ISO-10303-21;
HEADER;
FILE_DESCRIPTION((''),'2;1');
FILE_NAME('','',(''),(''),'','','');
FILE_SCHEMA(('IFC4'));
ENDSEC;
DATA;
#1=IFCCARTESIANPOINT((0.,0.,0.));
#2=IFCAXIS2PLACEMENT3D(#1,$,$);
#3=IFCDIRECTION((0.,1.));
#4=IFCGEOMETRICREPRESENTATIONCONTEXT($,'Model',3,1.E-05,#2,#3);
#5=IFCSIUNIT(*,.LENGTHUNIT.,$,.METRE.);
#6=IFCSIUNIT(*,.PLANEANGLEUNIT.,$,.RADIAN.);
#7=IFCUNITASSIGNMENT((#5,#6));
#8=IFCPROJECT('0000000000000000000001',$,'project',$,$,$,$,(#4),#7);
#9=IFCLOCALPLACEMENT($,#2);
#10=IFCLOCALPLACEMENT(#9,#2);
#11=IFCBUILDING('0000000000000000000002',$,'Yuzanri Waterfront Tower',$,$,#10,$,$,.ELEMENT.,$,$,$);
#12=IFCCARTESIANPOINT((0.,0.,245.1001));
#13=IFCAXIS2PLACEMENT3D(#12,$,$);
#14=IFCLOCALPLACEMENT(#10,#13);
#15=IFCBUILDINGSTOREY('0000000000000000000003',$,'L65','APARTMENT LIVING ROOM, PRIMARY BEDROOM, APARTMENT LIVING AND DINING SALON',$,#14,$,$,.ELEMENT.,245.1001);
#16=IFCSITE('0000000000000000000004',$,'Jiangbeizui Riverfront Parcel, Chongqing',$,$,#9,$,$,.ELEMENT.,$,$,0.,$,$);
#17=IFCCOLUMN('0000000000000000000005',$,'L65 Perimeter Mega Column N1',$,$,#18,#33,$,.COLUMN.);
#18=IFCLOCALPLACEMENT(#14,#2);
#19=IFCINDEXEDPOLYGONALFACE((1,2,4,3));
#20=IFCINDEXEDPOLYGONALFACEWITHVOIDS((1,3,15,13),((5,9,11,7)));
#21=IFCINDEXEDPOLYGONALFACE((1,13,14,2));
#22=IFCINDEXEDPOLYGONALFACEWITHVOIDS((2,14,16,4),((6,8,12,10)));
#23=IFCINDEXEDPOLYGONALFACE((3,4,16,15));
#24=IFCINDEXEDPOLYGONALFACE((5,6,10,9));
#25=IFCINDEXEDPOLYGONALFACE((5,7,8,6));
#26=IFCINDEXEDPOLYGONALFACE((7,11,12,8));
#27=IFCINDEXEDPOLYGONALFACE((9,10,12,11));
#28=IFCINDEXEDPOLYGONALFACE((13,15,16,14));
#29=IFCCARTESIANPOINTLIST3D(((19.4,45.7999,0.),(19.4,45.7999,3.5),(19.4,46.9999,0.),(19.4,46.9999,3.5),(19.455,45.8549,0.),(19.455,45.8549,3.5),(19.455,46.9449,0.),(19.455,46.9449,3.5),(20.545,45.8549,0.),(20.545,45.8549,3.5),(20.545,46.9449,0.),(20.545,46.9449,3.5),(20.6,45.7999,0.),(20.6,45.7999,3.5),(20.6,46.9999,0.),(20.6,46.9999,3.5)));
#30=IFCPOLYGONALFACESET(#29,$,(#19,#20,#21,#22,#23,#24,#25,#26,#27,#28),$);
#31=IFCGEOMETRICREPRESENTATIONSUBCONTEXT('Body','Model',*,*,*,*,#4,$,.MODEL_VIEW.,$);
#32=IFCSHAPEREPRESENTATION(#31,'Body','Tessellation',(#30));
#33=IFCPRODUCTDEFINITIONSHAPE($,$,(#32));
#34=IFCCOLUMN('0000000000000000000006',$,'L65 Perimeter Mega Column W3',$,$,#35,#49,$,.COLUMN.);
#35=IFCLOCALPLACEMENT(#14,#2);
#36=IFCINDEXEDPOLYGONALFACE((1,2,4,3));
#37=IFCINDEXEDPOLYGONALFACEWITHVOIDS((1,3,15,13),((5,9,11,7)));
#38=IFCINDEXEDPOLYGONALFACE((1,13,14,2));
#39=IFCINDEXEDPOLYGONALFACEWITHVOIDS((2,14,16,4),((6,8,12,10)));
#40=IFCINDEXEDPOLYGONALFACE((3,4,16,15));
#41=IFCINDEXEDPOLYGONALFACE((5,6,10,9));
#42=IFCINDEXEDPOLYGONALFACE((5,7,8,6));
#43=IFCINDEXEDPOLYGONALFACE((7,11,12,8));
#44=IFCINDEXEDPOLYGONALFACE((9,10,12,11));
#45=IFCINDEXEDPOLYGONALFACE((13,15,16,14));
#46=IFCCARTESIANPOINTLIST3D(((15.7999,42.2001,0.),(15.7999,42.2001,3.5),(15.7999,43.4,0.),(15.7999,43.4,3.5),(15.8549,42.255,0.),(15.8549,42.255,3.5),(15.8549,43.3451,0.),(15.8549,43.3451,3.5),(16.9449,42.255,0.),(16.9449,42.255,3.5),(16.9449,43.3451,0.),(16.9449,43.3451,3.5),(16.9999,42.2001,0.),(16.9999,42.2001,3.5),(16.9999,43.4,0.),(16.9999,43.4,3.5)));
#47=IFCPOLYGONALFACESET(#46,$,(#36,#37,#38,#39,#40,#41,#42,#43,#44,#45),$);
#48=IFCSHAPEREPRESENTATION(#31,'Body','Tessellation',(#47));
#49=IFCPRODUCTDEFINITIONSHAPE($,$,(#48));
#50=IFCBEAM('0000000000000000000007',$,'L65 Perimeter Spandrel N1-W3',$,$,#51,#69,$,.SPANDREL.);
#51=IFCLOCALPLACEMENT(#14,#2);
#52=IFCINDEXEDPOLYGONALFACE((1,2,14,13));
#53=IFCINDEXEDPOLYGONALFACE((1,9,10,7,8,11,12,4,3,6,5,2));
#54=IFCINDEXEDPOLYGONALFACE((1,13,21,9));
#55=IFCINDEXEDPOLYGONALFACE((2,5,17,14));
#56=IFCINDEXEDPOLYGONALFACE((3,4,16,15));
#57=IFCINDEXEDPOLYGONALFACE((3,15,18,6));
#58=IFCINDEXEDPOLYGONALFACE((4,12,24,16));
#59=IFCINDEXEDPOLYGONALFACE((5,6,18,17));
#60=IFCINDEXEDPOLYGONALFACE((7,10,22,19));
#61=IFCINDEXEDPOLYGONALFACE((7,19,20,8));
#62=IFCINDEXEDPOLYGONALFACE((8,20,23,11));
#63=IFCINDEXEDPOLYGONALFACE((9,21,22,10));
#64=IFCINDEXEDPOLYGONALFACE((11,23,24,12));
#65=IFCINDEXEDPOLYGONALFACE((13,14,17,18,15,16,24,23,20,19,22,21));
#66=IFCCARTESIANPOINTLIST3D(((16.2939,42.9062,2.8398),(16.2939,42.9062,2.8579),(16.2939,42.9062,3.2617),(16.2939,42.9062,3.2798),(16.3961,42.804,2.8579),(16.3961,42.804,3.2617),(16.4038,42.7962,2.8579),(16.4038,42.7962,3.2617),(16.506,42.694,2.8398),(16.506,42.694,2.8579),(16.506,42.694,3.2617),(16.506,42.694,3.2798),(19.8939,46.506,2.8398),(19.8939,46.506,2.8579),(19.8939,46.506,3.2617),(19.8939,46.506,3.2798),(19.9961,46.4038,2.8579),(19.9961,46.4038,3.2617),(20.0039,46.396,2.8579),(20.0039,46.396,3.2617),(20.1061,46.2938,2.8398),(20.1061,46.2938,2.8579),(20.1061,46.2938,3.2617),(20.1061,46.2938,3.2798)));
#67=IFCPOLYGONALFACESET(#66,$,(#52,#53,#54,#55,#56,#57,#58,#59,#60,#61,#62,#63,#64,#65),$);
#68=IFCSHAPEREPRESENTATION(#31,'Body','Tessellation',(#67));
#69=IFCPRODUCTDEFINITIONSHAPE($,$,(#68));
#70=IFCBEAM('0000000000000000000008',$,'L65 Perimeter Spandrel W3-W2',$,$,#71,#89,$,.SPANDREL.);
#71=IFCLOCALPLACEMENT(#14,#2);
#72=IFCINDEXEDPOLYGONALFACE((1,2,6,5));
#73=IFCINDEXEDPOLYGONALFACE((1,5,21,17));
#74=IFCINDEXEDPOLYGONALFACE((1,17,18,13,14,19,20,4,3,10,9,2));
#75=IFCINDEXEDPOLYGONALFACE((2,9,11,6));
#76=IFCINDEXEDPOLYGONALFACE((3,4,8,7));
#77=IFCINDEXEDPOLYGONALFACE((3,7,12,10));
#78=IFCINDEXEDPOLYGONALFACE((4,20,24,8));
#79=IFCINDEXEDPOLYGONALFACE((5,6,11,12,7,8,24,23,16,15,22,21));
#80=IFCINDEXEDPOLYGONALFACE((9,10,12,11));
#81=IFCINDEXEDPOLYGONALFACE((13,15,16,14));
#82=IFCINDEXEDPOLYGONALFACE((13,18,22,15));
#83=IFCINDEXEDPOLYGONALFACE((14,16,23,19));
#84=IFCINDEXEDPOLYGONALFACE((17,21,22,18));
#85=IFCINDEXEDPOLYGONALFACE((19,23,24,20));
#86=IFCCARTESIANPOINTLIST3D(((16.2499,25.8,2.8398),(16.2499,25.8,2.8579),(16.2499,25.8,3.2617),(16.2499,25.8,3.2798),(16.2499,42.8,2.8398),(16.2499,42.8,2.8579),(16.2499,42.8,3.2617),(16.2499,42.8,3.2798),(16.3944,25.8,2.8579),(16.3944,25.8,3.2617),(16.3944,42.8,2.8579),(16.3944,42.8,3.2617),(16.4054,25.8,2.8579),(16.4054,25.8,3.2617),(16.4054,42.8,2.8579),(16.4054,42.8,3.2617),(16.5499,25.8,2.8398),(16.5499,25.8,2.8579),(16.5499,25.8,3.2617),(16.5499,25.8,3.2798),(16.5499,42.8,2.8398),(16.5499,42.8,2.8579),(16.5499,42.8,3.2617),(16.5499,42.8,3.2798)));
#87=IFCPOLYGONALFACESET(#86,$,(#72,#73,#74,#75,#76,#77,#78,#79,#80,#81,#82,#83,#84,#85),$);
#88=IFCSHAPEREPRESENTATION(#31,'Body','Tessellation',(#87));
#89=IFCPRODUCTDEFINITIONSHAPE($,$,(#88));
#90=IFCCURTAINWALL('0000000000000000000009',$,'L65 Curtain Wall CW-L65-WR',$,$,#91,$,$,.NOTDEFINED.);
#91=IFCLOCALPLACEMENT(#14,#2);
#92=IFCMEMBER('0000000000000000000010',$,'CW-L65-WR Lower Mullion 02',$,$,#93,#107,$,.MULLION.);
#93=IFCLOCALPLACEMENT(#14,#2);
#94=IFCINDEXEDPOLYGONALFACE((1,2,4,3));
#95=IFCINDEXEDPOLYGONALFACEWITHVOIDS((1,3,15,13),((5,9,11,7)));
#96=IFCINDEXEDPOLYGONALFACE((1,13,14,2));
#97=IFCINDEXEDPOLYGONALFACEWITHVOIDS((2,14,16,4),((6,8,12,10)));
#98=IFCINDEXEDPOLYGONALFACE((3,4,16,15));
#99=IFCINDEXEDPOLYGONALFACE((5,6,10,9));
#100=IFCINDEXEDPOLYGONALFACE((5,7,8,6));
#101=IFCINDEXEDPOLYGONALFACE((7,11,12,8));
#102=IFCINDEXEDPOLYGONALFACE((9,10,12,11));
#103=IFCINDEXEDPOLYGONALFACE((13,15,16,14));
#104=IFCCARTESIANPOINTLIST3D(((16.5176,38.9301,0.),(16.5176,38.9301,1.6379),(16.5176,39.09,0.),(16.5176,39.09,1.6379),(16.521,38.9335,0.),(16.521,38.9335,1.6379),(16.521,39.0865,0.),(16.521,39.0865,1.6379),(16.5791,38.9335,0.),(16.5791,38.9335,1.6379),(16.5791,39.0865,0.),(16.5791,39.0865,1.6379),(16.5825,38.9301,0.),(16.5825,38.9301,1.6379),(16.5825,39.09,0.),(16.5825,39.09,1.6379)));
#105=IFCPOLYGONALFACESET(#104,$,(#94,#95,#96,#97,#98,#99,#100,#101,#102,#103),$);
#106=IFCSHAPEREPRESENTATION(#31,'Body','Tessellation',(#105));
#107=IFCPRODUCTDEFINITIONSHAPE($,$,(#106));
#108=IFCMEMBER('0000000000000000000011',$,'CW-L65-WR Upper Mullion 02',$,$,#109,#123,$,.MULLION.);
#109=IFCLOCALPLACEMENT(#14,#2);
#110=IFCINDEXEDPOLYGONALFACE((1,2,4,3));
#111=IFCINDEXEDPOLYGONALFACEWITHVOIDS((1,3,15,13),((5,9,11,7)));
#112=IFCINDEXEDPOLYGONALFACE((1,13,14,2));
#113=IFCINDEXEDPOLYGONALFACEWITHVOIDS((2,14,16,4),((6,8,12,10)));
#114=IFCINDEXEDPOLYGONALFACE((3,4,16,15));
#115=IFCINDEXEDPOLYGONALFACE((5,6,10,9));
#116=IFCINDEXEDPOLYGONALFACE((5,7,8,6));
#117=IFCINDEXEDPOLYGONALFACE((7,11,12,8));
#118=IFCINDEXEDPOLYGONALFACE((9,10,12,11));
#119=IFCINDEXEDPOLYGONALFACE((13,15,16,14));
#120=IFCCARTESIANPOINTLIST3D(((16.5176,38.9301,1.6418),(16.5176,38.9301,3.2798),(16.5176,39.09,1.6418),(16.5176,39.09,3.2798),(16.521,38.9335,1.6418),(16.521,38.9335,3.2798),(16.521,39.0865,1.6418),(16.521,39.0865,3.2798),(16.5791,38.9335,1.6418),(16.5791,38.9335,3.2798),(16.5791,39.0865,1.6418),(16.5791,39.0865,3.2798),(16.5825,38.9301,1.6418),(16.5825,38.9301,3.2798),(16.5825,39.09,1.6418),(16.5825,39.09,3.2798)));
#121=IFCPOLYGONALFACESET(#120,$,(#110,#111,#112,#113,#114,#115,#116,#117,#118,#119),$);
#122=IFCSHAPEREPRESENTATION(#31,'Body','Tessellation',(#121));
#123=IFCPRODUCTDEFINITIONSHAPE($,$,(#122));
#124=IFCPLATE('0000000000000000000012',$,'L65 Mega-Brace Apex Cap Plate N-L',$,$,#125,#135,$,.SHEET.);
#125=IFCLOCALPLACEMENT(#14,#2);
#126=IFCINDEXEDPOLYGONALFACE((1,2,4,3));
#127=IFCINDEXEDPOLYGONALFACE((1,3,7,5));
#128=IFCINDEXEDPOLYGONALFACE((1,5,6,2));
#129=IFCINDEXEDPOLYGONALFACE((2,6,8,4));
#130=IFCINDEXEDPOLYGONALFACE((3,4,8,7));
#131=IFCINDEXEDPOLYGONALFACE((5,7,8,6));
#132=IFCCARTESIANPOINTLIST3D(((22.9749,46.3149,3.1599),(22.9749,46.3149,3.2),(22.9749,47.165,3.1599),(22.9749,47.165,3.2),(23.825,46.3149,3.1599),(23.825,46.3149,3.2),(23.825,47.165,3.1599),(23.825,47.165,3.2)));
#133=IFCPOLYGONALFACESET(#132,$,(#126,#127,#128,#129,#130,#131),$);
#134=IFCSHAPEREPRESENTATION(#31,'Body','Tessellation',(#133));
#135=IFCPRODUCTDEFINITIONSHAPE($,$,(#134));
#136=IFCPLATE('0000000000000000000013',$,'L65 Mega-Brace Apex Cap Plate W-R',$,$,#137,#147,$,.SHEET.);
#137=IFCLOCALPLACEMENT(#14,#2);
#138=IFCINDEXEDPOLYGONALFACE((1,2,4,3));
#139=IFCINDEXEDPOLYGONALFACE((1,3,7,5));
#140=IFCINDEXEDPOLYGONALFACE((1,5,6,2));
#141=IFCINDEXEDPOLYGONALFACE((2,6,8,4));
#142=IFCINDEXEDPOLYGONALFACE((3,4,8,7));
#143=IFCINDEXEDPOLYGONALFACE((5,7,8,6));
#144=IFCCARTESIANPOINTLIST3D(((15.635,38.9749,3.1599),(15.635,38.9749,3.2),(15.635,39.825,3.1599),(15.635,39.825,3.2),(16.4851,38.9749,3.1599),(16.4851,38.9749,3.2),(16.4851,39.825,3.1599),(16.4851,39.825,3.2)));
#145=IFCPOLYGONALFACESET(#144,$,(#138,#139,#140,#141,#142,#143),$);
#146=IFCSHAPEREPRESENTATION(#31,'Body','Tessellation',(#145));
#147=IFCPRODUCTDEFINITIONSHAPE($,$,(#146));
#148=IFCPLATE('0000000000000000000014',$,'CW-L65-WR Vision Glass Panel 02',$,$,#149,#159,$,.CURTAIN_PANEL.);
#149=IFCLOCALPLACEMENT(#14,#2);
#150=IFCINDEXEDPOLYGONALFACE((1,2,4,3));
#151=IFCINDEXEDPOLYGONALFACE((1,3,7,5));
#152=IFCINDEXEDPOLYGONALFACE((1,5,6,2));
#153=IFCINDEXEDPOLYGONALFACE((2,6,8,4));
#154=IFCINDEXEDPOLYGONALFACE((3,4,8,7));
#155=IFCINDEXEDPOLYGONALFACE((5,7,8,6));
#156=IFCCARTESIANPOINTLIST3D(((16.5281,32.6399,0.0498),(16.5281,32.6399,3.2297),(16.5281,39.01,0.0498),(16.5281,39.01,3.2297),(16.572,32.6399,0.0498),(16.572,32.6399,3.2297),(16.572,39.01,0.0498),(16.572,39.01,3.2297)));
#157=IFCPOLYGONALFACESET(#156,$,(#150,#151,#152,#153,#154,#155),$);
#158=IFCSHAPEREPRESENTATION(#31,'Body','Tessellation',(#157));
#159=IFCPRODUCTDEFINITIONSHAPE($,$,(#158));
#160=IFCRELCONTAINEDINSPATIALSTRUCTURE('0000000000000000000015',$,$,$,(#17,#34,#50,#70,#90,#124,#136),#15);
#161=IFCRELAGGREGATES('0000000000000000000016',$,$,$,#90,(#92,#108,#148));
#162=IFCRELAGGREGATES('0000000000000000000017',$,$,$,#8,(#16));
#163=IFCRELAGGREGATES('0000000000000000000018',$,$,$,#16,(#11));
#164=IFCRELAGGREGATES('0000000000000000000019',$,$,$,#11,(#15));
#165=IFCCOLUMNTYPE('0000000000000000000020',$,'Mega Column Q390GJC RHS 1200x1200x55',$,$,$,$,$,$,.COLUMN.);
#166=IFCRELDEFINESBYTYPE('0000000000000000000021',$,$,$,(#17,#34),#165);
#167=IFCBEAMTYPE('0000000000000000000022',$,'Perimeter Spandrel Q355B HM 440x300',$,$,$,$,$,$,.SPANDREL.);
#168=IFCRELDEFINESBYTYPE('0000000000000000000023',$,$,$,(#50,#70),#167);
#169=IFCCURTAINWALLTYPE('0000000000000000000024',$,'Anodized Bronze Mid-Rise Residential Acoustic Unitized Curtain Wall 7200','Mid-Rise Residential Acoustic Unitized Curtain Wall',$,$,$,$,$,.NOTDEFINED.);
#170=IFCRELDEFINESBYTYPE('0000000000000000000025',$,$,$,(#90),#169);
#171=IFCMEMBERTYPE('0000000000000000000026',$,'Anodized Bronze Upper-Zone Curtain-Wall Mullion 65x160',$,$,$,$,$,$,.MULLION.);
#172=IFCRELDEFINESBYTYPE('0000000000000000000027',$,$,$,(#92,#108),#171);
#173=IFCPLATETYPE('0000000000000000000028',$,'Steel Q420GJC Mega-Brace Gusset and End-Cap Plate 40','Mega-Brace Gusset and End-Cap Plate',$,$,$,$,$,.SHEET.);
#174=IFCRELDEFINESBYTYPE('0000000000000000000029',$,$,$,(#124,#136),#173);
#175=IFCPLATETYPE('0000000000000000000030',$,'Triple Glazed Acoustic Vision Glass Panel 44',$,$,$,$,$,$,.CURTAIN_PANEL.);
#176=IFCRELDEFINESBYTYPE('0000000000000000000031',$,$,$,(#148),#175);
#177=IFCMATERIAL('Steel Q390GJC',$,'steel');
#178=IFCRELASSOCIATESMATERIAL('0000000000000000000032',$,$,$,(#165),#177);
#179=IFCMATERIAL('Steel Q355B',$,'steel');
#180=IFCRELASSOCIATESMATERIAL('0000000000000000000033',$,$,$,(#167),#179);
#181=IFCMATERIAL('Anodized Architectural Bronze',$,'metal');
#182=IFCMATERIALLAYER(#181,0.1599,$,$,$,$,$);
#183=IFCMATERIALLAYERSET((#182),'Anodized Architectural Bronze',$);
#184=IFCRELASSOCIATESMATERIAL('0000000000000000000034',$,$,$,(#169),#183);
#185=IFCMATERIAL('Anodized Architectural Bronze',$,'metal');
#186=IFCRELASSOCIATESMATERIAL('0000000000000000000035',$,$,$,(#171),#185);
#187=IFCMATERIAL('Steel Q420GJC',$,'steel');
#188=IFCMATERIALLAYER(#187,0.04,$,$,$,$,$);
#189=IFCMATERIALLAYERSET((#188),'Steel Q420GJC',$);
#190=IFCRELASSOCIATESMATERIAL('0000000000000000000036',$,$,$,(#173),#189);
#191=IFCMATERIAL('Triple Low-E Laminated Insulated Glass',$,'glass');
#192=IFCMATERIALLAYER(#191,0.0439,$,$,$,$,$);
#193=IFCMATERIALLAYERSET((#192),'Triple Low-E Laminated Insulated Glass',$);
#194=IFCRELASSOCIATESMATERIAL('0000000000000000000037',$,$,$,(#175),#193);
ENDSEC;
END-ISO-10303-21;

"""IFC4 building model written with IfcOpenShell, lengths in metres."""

from ifc_helpers import new_model, si_unit, direction, frame, origin, origin_2d, place, context, subcontext, project, spatial, rectangle, hollow_rectangle, i_section, extrude, source, transform, mapped, material, layer, layer_set, material_profile, profile_set, type_object, element, aggregate, save


model = new_model("IFC4")

# Units and contexts
model_context = context("Model", 3, precision=1e-05, world=origin(), true_north=direction((0.0, 1.0)))
body_context = subcontext(model_context, "Body", "Model", "MODEL_VIEW")
ifc_project = project(units=[si_unit("LENGTHUNIT", "METRE"), si_unit("PLANEANGLEUNIT", "RADIAN")], contexts=[model_context])

# Site, building, storey
site_placement = place(None, origin())
site = spatial("IfcSite", under=ifc_project, at=site_placement, Name="Jiangbeizui Riverfront Parcel, Chongqing", CompositionType="ELEMENT", RefElevation=0.0)
building_placement = place(site_placement, origin())
building = spatial("IfcBuilding", under=site, at=building_placement, Name="Yuzanri Waterfront Tower", CompositionType="ELEMENT")
storey_placement = place(building_placement, frame((0.0, 0.0, 245.1001)))
storey = spatial("IfcBuildingStorey", under=building, at=storey_placement, Name="L65", Description="APARTMENT LIVING ROOM, PRIMARY BEDROOM, APARTMENT LIVING AND DINING SALON", CompositionType="ELEMENT", Elevation=245.1001)

# Columns
ifc_material_1 = material(Name="Steel Q390GJC", Category="steel")
ifc_material_profile_1 = material_profile(ifc_material_1, hollow_rectangle(XDim=1.2, YDim=1.2, WallThickness=0.0549, at=origin_2d()), Name="RHS 1200x1200x55")
ifc_profile_set_1 = profile_set([ifc_material_profile_1], Name="Steel Q390GJC")
column_type = type_object("IfcColumnType", Name="Mega Column Q390GJC RHS 1200x1200x55", PredefinedType="COLUMN", material=ifc_profile_set_1)
shared_shape_1 = source(origin(), body_context, "Body", "SweptSolid", [
    extrude(hollow_rectangle(XDim=1.2, YDim=1.2, WallThickness=0.0549, at=origin_2d()), origin(), (0.0, 0.0, 1.0), 3.5),
])
for number, where, z_axis, x_axis, name in (
    (1, (20.0, 46.3999, 0.0), (0.0, 0.0, 1.0), (1.0, 0.0, 0.0), "L65 Perimeter Mega Column N1"),
    (2, (16.3999, 42.8, 0.0), (0.0, 0.0, 1.0), (1.0, 0.0, 0.0), "L65 Perimeter Mega Column W3"),
):
    element("IfcColumn", number, at=place(storey_placement, frame(where, z_axis=z_axis, x_axis=x_axis)), inside=storey, type_object=column_type, Name=name, PredefinedType="COLUMN", context=body_context, shape_type="MappedRepresentation", body=[
        mapped(shared_shape_1, transform((0.0, 0.0, 0.0), scale=1.0)),
    ])

# Beams
ifc_material_2 = material(Name="Steel Q355B", Category="steel")
ifc_material_profile_2 = material_profile(ifc_material_2, i_section(OverallWidth=0.3, OverallDepth=0.4399, WebThickness=0.011, FlangeThickness=0.0181, at=origin_2d()), Name="HM 440x300x11x18")
ifc_profile_set_2 = profile_set([ifc_material_profile_2], Name="Steel Q355B")
beam_type = type_object("IfcBeamType", Name="Perimeter Spandrel Q355B HM 440x300", PredefinedType="SPANDREL", material=ifc_profile_set_2)
shared_shape_2 = source(origin(), body_context, "Body", "SweptSolid", [
    extrude(i_section(OverallWidth=0.3, OverallDepth=0.4399, WebThickness=0.011, FlangeThickness=0.0181, at=origin_2d()), origin(), (0.0, 0.0, 1.0), 5.0911),
])
beam_1_placement = place(storey_placement, frame((20.0, 46.3999, 3.0598), z_axis=(-0.707131, -0.707083, 0.0), x_axis=(0.707083, -0.707131, 0.0)))
element("IfcBeam", 3, at=beam_1_placement, inside=storey, type_object=beam_type, Name="L65 Perimeter Spandrel N1-W3", PredefinedType="SPANDREL", context=body_context, shape_type="MappedRepresentation", body=[
    mapped(shared_shape_2, transform((0.0, 0.0, 0.0), scale=1.0)),
])
shared_shape_3 = source(origin(), body_context, "Body", "SweptSolid", [
    extrude(i_section(OverallWidth=0.3, OverallDepth=0.4399, WebThickness=0.011, FlangeThickness=0.0181, at=origin_2d()), origin(), (0.0, 0.0, 1.0), 17.0),
])
beam_2_placement = place(storey_placement, frame((16.3999, 42.8, 3.0598), z_axis=(0.0, -1.0, 0.0), x_axis=(1.0, 0.0, 0.0)))
element("IfcBeam", 4, at=beam_2_placement, inside=storey, type_object=beam_type, Name="L65 Perimeter Spandrel W3-W2", PredefinedType="SPANDREL", context=body_context, shape_type="MappedRepresentation", body=[
    mapped(shared_shape_3, transform((0.0, 0.0, 0.0), scale=1.0)),
])

# Curtain wall, members
ifc_material_3 = material(Name="Anodized Architectural Bronze", Category="metal")
ifc_layer_1 = layer(ifc_material_3, 0.1599)
ifc_layer_set_1 = layer_set([ifc_layer_1], Name="Anodized Architectural Bronze")
curtain_wall_type = type_object("IfcCurtainWallType", Name="Anodized Bronze Mid-Rise Residential Acoustic Unitized Curtain Wall 7200", Description="Mid-Rise Residential Acoustic Unitized Curtain Wall", PredefinedType="NOTDEFINED", material=ifc_layer_set_1)
curtain_wall_placement = place(storey_placement, origin())
curtain_wall = element("IfcCurtainWall", 5, at=curtain_wall_placement, inside=storey, type_object=curtain_wall_type, Name="L65 Curtain Wall CW-L65-WR", PredefinedType="NOTDEFINED")
ifc_material_4 = material(Name="Anodized Architectural Bronze", Category="metal")
ifc_material_profile_3 = material_profile(ifc_material_4, hollow_rectangle(XDim=0.0649, YDim=0.1599, WallThickness=0.0034, at=origin_2d()), Name="CWM 65x160")
ifc_profile_set_3 = profile_set([ifc_material_profile_3], Name="Anodized Architectural Bronze")
member_type = type_object("IfcMemberType", Name="Anodized Bronze Upper-Zone Curtain-Wall Mullion 65x160", PredefinedType="MULLION", material=ifc_profile_set_3)
shared_shape_4 = source(origin(), body_context, "Body", "SweptSolid", [
    extrude(hollow_rectangle(XDim=0.0649, YDim=0.1599, WallThickness=0.0034, at=origin_2d()), origin(), (0.0, 0.0, 1.0), 1.6379),
])
member_1_placement = place(storey_placement, frame((16.55, 39.01, 0.0), z_axis=(0.0, 0.0, 1.0), x_axis=(1.0, 0.0, 0.0)))
member_1 = element("IfcMember", 6, at=member_1_placement, type_object=member_type, Name="CW-L65-WR Lower Mullion 02", PredefinedType="MULLION", context=body_context, shape_type="MappedRepresentation", body=[
    mapped(shared_shape_4, transform((0.0, 0.0, 0.0), scale=1.0)),
])
member_2_placement = place(storey_placement, frame((16.55, 39.01, 1.6418), z_axis=(0.0, 0.0, 1.0), x_axis=(1.0, 0.0, 0.0)))
member_2 = element("IfcMember", 7, at=member_2_placement, type_object=member_type, Name="CW-L65-WR Upper Mullion 02", PredefinedType="MULLION", context=body_context, shape_type="MappedRepresentation", body=[
    mapped(shared_shape_4, transform((0.0, 0.0, 0.0), scale=1.0)),
])

# Plates
ifc_material_5 = material(Name="Steel Q420GJC", Category="steel")
ifc_layer_2 = layer(ifc_material_5, 0.04)
ifc_layer_set_2 = layer_set([ifc_layer_2], Name="Steel Q420GJC")
plate_type_1 = type_object("IfcPlateType", Name="Steel Q420GJC Mega-Brace Gusset and End-Cap Plate 40", Description="Mega-Brace Gusset and End-Cap Plate", PredefinedType="SHEET", material=ifc_layer_set_2)
shared_shape_5 = source(origin(), body_context, "Body", "SweptSolid", [
    extrude(rectangle(XDim=0.8501, YDim=0.8501, at=origin_2d()), origin(), (0.0, 0.0, 1.0), 0.04),
])
for number, where, z_axis, x_axis, name in (
    (8, (23.3999, 46.74, 3.1599), (0.0, 0.0, 1.0), (1.0, 0.0, 0.0), "L65 Mega-Brace Apex Cap Plate N-L"),
    (9, (16.0601, 39.3999, 3.1599), (0.0, 0.0, 1.0), (1.0, 0.0, 0.0), "L65 Mega-Brace Apex Cap Plate W-R"),
):
    element("IfcPlate", number, at=place(storey_placement, frame(where, z_axis=z_axis, x_axis=x_axis)), inside=storey, type_object=plate_type_1, Name=name, PredefinedType="SHEET", context=body_context, shape_type="MappedRepresentation", body=[
        mapped(shared_shape_5, transform((0.0, 0.0, 0.0), scale=1.0)),
    ])

# Plate
ifc_material_6 = material(Name="Triple Low-E Laminated Insulated Glass", Category="glass")
ifc_layer_3 = layer(ifc_material_6, 0.0439)
ifc_layer_set_3 = layer_set([ifc_layer_3], Name="Triple Low-E Laminated Insulated Glass")
plate_type_2 = type_object("IfcPlateType", Name="Triple Glazed Acoustic Vision Glass Panel 44", PredefinedType="CURTAIN_PANEL", material=ifc_layer_set_3)
shared_shape_6 = source(origin(), body_context, "Body", "SweptSolid", [
    extrude(rectangle(XDim=6.3701, YDim=0.0439, at=origin_2d()), origin(), (0.0, 0.0, 1.0), 3.1799),
])
plate_placement = place(storey_placement, frame((16.55, 35.825, 0.0498), z_axis=(0.0, 0.0, 1.0), x_axis=(0.0, 1.0, 0.0)))
plate = element("IfcPlate", 10, at=plate_placement, type_object=plate_type_2, Name="CW-L65-WR Vision Glass Panel 02", PredefinedType="CURTAIN_PANEL", context=body_context, shape_type="MappedRepresentation", body=[
    mapped(shared_shape_6, transform((0.0, 0.0, 0.0), scale=1.0)),
])
aggregate(curtain_wall, [member_1, member_2, plate])

save(model, "model.ifc")
